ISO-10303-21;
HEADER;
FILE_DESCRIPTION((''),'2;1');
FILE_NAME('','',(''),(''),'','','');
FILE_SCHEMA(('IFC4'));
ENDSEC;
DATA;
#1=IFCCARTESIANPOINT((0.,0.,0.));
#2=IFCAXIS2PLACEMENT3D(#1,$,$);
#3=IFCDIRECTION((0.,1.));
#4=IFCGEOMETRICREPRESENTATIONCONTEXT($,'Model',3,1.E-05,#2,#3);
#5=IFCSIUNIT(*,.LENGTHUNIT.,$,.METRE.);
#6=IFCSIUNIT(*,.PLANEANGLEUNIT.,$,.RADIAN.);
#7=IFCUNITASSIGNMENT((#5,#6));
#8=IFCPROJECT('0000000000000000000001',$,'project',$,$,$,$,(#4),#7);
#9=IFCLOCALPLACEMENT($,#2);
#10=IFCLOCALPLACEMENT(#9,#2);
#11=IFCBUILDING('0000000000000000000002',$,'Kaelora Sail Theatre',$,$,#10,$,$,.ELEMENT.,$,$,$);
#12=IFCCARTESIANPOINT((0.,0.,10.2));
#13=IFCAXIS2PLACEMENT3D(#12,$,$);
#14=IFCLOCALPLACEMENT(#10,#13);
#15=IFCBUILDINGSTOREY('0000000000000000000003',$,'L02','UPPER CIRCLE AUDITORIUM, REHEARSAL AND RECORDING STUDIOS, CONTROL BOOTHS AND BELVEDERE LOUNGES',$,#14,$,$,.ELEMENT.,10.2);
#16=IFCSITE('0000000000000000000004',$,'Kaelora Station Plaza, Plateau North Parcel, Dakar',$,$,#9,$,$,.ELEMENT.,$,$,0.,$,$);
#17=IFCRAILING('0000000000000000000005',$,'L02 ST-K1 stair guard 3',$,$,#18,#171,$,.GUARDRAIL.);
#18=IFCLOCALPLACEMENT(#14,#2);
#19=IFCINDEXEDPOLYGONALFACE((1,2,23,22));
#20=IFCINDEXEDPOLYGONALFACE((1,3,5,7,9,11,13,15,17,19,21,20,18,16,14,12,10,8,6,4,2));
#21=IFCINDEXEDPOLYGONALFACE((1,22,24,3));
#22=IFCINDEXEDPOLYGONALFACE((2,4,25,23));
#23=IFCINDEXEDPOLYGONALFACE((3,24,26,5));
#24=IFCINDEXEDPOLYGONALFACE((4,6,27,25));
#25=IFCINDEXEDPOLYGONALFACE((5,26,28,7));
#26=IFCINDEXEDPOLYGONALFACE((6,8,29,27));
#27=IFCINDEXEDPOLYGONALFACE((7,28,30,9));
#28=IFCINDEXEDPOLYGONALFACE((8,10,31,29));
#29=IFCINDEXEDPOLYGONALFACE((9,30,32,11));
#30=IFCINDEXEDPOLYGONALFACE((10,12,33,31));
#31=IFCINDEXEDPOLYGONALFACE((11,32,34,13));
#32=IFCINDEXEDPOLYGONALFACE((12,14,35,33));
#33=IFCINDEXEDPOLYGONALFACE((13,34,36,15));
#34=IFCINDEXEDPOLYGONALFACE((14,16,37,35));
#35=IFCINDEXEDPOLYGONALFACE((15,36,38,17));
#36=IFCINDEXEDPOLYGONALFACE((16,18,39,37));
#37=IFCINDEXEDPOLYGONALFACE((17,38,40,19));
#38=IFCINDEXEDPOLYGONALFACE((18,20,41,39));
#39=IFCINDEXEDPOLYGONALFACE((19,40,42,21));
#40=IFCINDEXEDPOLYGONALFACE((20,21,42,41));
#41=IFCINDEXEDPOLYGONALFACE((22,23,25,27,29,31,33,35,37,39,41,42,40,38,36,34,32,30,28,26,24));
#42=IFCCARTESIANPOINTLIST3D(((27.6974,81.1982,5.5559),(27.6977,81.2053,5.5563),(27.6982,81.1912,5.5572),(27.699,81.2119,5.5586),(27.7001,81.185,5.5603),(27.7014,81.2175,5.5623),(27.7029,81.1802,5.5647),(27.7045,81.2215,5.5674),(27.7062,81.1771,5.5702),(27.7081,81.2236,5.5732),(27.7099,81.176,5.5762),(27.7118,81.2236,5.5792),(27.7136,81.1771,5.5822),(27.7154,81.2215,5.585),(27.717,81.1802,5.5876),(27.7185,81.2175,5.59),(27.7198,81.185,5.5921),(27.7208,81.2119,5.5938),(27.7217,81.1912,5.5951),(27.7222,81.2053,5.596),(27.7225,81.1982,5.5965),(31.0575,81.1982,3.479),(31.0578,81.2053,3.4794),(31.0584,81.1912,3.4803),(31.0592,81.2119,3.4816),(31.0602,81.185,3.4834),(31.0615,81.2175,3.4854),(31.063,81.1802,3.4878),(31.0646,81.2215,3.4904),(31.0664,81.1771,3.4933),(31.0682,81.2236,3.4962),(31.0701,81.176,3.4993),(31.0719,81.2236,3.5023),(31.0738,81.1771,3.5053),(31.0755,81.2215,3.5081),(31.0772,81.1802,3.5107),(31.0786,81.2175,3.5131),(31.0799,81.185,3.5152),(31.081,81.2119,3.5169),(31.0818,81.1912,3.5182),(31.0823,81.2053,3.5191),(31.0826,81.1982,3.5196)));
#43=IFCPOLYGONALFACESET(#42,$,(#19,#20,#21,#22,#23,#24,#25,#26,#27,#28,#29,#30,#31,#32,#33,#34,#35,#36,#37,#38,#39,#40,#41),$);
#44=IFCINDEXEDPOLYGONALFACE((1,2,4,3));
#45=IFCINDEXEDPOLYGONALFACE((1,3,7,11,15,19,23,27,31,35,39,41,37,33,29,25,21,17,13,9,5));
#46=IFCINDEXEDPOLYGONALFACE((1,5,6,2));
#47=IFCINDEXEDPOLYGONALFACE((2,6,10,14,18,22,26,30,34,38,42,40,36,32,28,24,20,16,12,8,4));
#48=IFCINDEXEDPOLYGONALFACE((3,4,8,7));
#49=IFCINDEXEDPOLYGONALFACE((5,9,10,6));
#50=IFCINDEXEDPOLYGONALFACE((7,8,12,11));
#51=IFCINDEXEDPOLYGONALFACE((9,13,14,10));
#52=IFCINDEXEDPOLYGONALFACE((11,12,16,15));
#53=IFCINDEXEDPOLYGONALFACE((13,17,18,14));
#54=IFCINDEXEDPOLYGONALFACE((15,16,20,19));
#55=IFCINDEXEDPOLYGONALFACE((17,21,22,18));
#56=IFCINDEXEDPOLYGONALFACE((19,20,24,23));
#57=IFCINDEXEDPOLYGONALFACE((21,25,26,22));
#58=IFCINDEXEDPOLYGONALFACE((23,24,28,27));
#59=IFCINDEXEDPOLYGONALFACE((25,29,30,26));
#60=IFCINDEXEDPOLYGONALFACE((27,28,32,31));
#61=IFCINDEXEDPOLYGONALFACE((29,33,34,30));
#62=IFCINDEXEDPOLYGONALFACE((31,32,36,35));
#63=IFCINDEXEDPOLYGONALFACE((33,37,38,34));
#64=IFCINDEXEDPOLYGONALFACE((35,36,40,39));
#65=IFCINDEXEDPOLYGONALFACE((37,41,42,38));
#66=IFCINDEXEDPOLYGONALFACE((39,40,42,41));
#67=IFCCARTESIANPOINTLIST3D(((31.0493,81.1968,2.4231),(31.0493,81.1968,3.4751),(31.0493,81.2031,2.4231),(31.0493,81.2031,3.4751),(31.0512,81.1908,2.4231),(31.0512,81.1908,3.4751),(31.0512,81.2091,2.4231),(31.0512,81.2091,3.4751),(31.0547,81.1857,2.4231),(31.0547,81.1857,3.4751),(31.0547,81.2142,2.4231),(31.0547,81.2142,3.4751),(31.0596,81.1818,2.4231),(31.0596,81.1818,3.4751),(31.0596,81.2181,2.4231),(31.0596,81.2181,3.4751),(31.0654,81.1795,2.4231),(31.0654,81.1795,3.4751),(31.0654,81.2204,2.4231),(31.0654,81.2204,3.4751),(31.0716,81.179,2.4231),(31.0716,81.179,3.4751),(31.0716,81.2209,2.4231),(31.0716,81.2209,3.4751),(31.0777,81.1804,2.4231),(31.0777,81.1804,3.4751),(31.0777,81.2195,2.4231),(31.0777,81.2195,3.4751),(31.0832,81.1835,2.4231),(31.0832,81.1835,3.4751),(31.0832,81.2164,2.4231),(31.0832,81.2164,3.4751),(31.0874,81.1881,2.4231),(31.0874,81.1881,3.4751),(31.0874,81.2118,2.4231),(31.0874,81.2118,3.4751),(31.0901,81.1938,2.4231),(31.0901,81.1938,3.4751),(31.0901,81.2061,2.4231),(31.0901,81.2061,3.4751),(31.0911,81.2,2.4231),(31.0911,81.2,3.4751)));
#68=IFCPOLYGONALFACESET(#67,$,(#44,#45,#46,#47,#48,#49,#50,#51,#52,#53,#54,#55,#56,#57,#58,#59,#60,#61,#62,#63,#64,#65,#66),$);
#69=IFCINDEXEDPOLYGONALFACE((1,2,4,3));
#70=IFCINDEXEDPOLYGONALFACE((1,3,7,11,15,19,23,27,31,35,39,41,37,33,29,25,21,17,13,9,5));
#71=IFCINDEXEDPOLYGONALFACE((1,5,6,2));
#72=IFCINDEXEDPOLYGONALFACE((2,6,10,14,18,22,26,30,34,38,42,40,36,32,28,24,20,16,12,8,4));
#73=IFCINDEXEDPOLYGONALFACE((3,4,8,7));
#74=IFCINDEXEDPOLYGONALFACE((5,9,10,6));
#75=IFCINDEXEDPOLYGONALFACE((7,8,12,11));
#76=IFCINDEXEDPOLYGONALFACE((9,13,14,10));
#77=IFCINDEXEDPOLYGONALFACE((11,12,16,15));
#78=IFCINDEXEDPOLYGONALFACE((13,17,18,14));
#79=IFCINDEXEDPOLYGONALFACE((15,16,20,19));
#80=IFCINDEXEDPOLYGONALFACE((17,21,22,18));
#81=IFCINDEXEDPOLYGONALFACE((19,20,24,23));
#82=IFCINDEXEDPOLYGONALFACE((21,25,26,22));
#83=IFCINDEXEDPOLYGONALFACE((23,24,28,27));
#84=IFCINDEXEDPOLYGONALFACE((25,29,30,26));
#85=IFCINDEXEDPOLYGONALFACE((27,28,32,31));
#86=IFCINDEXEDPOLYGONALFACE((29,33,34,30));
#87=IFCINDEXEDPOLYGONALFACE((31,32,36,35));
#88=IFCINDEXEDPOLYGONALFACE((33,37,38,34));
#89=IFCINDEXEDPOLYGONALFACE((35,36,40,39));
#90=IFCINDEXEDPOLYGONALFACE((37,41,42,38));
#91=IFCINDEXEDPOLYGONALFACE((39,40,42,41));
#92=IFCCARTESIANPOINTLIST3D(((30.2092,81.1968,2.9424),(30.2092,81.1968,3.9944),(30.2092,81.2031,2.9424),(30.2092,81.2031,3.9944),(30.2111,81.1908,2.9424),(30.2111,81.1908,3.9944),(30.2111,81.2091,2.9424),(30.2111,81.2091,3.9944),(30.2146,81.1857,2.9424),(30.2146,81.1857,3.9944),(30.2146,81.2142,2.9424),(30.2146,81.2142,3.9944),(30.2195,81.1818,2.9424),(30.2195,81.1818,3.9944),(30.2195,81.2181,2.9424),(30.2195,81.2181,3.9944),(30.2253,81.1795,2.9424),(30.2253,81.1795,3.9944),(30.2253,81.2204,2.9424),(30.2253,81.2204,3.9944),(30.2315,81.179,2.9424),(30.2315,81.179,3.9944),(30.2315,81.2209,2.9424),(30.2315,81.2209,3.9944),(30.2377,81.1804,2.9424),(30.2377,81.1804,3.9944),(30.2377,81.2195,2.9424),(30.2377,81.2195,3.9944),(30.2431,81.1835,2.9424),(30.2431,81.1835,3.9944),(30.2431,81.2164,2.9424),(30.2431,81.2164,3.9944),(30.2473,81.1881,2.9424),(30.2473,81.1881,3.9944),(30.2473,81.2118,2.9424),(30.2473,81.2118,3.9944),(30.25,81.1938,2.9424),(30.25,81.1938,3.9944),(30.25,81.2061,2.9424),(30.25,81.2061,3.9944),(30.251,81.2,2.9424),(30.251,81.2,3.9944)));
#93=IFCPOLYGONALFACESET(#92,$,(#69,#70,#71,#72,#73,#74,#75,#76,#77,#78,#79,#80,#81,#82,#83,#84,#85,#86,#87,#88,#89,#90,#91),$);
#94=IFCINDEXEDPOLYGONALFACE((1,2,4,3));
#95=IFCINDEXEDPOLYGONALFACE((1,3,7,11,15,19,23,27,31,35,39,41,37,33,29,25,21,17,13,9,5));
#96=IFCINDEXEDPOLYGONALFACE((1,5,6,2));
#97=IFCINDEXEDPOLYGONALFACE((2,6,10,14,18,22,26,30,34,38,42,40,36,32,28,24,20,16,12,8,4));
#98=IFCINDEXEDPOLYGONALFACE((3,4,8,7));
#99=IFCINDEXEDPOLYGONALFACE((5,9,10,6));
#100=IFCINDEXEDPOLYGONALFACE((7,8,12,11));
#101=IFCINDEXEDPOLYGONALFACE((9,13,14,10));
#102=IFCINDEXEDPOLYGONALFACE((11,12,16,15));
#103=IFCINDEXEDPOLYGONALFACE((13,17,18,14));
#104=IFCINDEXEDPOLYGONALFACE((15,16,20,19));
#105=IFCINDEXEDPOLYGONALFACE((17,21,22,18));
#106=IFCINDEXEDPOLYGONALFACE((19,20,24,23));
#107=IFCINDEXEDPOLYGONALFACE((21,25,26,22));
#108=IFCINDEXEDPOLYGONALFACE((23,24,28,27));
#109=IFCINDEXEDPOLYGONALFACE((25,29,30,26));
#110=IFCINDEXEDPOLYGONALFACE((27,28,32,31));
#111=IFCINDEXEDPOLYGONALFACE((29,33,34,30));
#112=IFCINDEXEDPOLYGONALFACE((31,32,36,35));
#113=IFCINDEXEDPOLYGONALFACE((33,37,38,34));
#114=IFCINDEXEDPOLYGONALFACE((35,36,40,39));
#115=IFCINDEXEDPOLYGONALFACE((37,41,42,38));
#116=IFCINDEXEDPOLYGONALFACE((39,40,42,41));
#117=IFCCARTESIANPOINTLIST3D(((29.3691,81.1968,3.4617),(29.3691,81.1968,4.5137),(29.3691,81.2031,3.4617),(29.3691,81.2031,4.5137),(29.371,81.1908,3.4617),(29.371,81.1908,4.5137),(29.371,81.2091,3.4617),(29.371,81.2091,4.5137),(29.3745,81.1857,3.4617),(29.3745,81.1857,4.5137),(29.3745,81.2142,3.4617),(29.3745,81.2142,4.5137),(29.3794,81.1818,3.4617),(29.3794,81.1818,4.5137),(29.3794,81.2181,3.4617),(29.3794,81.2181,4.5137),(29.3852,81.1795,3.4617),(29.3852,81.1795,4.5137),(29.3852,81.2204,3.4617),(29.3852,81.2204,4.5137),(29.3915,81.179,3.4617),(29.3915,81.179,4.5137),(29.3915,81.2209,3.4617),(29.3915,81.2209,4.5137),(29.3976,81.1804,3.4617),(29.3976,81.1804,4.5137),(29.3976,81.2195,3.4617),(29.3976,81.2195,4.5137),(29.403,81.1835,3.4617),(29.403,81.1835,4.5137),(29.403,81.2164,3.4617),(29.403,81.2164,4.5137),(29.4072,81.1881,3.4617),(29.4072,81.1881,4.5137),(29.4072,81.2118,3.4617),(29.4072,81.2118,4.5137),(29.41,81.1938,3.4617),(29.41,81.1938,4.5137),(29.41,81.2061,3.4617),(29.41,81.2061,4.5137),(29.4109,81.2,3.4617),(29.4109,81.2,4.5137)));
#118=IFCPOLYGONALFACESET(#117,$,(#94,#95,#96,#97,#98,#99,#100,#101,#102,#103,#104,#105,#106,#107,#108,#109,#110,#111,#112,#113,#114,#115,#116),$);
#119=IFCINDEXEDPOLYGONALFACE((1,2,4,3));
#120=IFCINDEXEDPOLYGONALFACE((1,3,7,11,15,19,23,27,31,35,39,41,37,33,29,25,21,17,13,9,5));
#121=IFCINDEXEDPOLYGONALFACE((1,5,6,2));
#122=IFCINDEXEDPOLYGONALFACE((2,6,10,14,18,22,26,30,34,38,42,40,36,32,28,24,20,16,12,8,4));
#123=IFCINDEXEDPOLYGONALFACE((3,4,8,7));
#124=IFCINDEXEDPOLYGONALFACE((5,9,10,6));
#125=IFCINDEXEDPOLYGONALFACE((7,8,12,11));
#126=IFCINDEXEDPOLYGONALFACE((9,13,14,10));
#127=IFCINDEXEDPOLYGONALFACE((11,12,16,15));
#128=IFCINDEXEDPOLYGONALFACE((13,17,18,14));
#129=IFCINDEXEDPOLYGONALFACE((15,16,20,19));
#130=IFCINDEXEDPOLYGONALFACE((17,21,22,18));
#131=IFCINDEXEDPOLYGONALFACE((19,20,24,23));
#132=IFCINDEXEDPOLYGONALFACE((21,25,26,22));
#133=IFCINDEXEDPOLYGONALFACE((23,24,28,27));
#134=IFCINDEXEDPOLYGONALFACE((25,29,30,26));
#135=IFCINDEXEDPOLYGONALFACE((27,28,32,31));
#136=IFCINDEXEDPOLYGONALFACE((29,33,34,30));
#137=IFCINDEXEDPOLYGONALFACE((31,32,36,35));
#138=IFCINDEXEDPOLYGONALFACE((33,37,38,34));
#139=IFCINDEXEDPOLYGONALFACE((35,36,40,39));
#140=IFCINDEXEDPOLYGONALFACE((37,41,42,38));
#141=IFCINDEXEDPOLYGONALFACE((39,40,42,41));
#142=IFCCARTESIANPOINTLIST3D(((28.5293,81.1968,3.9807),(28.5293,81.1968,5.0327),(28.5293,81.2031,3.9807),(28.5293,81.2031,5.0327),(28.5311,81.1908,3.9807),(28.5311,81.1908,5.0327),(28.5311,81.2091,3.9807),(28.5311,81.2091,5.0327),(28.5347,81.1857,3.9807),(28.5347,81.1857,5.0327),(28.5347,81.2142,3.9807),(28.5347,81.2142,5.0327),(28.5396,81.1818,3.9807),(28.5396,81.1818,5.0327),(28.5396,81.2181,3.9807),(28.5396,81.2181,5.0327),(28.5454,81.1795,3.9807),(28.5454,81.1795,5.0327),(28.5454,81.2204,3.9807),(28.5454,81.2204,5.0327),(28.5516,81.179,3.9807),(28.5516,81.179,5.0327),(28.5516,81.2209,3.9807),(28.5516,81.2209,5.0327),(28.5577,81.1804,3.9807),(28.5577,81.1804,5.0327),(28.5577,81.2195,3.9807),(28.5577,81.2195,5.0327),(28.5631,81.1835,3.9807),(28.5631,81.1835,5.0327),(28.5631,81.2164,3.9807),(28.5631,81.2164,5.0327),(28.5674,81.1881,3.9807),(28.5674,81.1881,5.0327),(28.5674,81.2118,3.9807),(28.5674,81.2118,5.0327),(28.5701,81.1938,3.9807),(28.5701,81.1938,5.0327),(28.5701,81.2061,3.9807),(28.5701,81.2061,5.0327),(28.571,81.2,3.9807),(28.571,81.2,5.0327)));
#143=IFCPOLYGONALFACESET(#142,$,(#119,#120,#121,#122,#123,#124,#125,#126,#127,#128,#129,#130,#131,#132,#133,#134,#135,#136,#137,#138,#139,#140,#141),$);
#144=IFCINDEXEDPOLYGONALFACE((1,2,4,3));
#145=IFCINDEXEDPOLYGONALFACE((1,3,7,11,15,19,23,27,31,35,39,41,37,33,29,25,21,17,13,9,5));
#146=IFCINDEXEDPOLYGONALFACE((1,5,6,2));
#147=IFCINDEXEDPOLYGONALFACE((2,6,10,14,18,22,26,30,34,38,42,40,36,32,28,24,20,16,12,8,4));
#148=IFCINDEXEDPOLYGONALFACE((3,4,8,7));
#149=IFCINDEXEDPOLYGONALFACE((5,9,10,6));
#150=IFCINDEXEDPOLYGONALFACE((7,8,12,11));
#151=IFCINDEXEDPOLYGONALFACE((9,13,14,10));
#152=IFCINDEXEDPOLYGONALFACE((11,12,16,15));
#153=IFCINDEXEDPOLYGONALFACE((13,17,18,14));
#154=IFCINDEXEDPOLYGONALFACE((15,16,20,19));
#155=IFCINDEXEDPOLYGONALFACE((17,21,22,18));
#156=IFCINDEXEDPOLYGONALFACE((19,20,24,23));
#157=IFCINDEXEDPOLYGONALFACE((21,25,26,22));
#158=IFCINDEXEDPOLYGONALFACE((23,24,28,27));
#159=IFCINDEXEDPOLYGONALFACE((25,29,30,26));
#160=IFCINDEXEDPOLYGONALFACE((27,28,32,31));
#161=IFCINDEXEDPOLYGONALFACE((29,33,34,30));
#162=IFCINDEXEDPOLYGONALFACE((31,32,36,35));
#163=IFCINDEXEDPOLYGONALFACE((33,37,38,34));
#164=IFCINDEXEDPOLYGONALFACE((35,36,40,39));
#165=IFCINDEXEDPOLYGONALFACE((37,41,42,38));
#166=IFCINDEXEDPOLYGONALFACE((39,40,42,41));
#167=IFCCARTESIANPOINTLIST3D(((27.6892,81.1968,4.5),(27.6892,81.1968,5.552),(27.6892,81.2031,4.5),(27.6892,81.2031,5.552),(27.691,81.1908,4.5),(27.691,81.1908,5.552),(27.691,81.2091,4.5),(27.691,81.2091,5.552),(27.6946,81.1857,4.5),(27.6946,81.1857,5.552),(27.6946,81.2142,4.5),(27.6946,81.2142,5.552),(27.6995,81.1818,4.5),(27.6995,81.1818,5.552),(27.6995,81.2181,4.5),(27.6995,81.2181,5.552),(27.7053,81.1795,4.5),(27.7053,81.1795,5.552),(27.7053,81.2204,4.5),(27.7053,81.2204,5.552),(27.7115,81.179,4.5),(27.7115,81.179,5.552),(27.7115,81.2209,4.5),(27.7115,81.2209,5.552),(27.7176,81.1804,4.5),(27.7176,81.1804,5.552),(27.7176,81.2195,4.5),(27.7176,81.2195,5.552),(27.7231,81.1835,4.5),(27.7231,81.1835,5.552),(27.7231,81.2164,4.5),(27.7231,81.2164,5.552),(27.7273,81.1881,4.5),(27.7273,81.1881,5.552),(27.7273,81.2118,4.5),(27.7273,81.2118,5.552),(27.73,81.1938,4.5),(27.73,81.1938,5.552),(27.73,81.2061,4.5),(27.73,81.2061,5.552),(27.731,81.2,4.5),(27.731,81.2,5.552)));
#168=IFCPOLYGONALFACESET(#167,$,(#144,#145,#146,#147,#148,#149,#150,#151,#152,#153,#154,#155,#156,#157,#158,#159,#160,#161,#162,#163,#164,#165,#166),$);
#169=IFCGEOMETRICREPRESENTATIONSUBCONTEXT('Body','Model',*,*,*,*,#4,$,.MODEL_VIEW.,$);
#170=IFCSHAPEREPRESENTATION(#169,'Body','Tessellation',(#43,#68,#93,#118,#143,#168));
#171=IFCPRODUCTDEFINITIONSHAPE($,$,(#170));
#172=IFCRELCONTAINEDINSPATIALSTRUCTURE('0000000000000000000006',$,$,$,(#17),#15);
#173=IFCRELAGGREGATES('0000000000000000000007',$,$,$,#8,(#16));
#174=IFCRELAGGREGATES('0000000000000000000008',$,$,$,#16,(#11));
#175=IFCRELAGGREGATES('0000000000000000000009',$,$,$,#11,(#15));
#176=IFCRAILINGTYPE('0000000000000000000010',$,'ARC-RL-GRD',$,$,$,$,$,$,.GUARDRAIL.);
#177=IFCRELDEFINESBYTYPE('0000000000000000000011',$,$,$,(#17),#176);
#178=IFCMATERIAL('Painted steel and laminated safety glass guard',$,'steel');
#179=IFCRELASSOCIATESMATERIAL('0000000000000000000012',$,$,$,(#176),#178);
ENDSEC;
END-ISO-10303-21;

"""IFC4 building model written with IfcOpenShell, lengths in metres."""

from ifc_helpers import new_model, si_unit, direction, frame, origin, origin_2d, place, context, subcontext, project, spatial, circle, extrude, material, type_object, element, save


model = new_model("IFC4")

# Units and contexts
model_context = context("Model", 3, precision=1e-05, world=origin(), true_north=direction((0.0, 1.0)))
body_context = subcontext(model_context, "Body", "Model", "MODEL_VIEW")
ifc_project = project(units=[si_unit("LENGTHUNIT", "METRE"), si_unit("PLANEANGLEUNIT", "RADIAN")], contexts=[model_context])

# Site, building, storey
site_placement = place(None, origin())
site = spatial("IfcSite", under=ifc_project, at=site_placement, Name="Kaelora Station Plaza, Plateau North Parcel, Dakar", CompositionType="ELEMENT", RefElevation=0.0)
building_placement = place(site_placement, origin())
building = spatial("IfcBuilding", under=site, at=building_placement, Name="Kaelora Sail Theatre", CompositionType="ELEMENT")
storey_placement = place(building_placement, frame((0.0, 0.0, 10.2)))
storey = spatial("IfcBuildingStorey", under=building, at=storey_placement, Name="L02", Description="UPPER CIRCLE AUDITORIUM, REHEARSAL AND RECORDING STUDIOS, CONTROL BOOTHS AND BELVEDERE LOUNGES", CompositionType="ELEMENT", Elevation=10.2)

# Railing
ifc_material_1 = material(Name="Painted steel and laminated safety glass guard", Category="steel")
railing_type_1 = type_object("IfcRailingType", Name="ARC-RL-GRD", PredefinedType="GUARDRAIL", material=ifc_material_1)
railing_1_placement = place(storey_placement, frame((31.0701, 81.2, 2.4231)))
element("IfcRailing", 1, at=railing_1_placement, inside=storey, type_object=railing_type_1, Name="L02 ST-K1 stair guard 3", PredefinedType="GUARDRAIL", context=body_context, shape_type="SweptSolid", body=[
    extrude(circle(Radius=0.0239, at=origin_2d()), frame((0.0, 0.0, 1.0762), z_axis=(-0.850623, 0.0, 0.525776), x_axis=(0.0, -1.0, 0.0)), (0.0, 0.0, 1.0), 3.9502),
    extrude(circle(Radius=0.021, at=origin_2d()), origin(), (0.0, 0.0, 1.0), 1.052),
    extrude(circle(Radius=0.021, at=origin_2d()), frame((-0.8401, 0.0, 0.5193)), (0.0, 0.0, 1.0), 1.052),
    extrude(circle(Radius=0.021, at=origin_2d()), frame((-1.6802, 0.0, 1.0386)), (0.0, 0.0, 1.0), 1.052),
    extrude(circle(Radius=0.021, at=origin_2d()), frame((-2.52, 0.0, 1.5576)), (0.0, 0.0, 1.0), 1.052),
    extrude(circle(Radius=0.021, at=origin_2d()), frame((-3.3601, 0.0, 2.0769)), (0.0, 0.0, 1.0), 1.052),
])

save(model, "model.ifc")
